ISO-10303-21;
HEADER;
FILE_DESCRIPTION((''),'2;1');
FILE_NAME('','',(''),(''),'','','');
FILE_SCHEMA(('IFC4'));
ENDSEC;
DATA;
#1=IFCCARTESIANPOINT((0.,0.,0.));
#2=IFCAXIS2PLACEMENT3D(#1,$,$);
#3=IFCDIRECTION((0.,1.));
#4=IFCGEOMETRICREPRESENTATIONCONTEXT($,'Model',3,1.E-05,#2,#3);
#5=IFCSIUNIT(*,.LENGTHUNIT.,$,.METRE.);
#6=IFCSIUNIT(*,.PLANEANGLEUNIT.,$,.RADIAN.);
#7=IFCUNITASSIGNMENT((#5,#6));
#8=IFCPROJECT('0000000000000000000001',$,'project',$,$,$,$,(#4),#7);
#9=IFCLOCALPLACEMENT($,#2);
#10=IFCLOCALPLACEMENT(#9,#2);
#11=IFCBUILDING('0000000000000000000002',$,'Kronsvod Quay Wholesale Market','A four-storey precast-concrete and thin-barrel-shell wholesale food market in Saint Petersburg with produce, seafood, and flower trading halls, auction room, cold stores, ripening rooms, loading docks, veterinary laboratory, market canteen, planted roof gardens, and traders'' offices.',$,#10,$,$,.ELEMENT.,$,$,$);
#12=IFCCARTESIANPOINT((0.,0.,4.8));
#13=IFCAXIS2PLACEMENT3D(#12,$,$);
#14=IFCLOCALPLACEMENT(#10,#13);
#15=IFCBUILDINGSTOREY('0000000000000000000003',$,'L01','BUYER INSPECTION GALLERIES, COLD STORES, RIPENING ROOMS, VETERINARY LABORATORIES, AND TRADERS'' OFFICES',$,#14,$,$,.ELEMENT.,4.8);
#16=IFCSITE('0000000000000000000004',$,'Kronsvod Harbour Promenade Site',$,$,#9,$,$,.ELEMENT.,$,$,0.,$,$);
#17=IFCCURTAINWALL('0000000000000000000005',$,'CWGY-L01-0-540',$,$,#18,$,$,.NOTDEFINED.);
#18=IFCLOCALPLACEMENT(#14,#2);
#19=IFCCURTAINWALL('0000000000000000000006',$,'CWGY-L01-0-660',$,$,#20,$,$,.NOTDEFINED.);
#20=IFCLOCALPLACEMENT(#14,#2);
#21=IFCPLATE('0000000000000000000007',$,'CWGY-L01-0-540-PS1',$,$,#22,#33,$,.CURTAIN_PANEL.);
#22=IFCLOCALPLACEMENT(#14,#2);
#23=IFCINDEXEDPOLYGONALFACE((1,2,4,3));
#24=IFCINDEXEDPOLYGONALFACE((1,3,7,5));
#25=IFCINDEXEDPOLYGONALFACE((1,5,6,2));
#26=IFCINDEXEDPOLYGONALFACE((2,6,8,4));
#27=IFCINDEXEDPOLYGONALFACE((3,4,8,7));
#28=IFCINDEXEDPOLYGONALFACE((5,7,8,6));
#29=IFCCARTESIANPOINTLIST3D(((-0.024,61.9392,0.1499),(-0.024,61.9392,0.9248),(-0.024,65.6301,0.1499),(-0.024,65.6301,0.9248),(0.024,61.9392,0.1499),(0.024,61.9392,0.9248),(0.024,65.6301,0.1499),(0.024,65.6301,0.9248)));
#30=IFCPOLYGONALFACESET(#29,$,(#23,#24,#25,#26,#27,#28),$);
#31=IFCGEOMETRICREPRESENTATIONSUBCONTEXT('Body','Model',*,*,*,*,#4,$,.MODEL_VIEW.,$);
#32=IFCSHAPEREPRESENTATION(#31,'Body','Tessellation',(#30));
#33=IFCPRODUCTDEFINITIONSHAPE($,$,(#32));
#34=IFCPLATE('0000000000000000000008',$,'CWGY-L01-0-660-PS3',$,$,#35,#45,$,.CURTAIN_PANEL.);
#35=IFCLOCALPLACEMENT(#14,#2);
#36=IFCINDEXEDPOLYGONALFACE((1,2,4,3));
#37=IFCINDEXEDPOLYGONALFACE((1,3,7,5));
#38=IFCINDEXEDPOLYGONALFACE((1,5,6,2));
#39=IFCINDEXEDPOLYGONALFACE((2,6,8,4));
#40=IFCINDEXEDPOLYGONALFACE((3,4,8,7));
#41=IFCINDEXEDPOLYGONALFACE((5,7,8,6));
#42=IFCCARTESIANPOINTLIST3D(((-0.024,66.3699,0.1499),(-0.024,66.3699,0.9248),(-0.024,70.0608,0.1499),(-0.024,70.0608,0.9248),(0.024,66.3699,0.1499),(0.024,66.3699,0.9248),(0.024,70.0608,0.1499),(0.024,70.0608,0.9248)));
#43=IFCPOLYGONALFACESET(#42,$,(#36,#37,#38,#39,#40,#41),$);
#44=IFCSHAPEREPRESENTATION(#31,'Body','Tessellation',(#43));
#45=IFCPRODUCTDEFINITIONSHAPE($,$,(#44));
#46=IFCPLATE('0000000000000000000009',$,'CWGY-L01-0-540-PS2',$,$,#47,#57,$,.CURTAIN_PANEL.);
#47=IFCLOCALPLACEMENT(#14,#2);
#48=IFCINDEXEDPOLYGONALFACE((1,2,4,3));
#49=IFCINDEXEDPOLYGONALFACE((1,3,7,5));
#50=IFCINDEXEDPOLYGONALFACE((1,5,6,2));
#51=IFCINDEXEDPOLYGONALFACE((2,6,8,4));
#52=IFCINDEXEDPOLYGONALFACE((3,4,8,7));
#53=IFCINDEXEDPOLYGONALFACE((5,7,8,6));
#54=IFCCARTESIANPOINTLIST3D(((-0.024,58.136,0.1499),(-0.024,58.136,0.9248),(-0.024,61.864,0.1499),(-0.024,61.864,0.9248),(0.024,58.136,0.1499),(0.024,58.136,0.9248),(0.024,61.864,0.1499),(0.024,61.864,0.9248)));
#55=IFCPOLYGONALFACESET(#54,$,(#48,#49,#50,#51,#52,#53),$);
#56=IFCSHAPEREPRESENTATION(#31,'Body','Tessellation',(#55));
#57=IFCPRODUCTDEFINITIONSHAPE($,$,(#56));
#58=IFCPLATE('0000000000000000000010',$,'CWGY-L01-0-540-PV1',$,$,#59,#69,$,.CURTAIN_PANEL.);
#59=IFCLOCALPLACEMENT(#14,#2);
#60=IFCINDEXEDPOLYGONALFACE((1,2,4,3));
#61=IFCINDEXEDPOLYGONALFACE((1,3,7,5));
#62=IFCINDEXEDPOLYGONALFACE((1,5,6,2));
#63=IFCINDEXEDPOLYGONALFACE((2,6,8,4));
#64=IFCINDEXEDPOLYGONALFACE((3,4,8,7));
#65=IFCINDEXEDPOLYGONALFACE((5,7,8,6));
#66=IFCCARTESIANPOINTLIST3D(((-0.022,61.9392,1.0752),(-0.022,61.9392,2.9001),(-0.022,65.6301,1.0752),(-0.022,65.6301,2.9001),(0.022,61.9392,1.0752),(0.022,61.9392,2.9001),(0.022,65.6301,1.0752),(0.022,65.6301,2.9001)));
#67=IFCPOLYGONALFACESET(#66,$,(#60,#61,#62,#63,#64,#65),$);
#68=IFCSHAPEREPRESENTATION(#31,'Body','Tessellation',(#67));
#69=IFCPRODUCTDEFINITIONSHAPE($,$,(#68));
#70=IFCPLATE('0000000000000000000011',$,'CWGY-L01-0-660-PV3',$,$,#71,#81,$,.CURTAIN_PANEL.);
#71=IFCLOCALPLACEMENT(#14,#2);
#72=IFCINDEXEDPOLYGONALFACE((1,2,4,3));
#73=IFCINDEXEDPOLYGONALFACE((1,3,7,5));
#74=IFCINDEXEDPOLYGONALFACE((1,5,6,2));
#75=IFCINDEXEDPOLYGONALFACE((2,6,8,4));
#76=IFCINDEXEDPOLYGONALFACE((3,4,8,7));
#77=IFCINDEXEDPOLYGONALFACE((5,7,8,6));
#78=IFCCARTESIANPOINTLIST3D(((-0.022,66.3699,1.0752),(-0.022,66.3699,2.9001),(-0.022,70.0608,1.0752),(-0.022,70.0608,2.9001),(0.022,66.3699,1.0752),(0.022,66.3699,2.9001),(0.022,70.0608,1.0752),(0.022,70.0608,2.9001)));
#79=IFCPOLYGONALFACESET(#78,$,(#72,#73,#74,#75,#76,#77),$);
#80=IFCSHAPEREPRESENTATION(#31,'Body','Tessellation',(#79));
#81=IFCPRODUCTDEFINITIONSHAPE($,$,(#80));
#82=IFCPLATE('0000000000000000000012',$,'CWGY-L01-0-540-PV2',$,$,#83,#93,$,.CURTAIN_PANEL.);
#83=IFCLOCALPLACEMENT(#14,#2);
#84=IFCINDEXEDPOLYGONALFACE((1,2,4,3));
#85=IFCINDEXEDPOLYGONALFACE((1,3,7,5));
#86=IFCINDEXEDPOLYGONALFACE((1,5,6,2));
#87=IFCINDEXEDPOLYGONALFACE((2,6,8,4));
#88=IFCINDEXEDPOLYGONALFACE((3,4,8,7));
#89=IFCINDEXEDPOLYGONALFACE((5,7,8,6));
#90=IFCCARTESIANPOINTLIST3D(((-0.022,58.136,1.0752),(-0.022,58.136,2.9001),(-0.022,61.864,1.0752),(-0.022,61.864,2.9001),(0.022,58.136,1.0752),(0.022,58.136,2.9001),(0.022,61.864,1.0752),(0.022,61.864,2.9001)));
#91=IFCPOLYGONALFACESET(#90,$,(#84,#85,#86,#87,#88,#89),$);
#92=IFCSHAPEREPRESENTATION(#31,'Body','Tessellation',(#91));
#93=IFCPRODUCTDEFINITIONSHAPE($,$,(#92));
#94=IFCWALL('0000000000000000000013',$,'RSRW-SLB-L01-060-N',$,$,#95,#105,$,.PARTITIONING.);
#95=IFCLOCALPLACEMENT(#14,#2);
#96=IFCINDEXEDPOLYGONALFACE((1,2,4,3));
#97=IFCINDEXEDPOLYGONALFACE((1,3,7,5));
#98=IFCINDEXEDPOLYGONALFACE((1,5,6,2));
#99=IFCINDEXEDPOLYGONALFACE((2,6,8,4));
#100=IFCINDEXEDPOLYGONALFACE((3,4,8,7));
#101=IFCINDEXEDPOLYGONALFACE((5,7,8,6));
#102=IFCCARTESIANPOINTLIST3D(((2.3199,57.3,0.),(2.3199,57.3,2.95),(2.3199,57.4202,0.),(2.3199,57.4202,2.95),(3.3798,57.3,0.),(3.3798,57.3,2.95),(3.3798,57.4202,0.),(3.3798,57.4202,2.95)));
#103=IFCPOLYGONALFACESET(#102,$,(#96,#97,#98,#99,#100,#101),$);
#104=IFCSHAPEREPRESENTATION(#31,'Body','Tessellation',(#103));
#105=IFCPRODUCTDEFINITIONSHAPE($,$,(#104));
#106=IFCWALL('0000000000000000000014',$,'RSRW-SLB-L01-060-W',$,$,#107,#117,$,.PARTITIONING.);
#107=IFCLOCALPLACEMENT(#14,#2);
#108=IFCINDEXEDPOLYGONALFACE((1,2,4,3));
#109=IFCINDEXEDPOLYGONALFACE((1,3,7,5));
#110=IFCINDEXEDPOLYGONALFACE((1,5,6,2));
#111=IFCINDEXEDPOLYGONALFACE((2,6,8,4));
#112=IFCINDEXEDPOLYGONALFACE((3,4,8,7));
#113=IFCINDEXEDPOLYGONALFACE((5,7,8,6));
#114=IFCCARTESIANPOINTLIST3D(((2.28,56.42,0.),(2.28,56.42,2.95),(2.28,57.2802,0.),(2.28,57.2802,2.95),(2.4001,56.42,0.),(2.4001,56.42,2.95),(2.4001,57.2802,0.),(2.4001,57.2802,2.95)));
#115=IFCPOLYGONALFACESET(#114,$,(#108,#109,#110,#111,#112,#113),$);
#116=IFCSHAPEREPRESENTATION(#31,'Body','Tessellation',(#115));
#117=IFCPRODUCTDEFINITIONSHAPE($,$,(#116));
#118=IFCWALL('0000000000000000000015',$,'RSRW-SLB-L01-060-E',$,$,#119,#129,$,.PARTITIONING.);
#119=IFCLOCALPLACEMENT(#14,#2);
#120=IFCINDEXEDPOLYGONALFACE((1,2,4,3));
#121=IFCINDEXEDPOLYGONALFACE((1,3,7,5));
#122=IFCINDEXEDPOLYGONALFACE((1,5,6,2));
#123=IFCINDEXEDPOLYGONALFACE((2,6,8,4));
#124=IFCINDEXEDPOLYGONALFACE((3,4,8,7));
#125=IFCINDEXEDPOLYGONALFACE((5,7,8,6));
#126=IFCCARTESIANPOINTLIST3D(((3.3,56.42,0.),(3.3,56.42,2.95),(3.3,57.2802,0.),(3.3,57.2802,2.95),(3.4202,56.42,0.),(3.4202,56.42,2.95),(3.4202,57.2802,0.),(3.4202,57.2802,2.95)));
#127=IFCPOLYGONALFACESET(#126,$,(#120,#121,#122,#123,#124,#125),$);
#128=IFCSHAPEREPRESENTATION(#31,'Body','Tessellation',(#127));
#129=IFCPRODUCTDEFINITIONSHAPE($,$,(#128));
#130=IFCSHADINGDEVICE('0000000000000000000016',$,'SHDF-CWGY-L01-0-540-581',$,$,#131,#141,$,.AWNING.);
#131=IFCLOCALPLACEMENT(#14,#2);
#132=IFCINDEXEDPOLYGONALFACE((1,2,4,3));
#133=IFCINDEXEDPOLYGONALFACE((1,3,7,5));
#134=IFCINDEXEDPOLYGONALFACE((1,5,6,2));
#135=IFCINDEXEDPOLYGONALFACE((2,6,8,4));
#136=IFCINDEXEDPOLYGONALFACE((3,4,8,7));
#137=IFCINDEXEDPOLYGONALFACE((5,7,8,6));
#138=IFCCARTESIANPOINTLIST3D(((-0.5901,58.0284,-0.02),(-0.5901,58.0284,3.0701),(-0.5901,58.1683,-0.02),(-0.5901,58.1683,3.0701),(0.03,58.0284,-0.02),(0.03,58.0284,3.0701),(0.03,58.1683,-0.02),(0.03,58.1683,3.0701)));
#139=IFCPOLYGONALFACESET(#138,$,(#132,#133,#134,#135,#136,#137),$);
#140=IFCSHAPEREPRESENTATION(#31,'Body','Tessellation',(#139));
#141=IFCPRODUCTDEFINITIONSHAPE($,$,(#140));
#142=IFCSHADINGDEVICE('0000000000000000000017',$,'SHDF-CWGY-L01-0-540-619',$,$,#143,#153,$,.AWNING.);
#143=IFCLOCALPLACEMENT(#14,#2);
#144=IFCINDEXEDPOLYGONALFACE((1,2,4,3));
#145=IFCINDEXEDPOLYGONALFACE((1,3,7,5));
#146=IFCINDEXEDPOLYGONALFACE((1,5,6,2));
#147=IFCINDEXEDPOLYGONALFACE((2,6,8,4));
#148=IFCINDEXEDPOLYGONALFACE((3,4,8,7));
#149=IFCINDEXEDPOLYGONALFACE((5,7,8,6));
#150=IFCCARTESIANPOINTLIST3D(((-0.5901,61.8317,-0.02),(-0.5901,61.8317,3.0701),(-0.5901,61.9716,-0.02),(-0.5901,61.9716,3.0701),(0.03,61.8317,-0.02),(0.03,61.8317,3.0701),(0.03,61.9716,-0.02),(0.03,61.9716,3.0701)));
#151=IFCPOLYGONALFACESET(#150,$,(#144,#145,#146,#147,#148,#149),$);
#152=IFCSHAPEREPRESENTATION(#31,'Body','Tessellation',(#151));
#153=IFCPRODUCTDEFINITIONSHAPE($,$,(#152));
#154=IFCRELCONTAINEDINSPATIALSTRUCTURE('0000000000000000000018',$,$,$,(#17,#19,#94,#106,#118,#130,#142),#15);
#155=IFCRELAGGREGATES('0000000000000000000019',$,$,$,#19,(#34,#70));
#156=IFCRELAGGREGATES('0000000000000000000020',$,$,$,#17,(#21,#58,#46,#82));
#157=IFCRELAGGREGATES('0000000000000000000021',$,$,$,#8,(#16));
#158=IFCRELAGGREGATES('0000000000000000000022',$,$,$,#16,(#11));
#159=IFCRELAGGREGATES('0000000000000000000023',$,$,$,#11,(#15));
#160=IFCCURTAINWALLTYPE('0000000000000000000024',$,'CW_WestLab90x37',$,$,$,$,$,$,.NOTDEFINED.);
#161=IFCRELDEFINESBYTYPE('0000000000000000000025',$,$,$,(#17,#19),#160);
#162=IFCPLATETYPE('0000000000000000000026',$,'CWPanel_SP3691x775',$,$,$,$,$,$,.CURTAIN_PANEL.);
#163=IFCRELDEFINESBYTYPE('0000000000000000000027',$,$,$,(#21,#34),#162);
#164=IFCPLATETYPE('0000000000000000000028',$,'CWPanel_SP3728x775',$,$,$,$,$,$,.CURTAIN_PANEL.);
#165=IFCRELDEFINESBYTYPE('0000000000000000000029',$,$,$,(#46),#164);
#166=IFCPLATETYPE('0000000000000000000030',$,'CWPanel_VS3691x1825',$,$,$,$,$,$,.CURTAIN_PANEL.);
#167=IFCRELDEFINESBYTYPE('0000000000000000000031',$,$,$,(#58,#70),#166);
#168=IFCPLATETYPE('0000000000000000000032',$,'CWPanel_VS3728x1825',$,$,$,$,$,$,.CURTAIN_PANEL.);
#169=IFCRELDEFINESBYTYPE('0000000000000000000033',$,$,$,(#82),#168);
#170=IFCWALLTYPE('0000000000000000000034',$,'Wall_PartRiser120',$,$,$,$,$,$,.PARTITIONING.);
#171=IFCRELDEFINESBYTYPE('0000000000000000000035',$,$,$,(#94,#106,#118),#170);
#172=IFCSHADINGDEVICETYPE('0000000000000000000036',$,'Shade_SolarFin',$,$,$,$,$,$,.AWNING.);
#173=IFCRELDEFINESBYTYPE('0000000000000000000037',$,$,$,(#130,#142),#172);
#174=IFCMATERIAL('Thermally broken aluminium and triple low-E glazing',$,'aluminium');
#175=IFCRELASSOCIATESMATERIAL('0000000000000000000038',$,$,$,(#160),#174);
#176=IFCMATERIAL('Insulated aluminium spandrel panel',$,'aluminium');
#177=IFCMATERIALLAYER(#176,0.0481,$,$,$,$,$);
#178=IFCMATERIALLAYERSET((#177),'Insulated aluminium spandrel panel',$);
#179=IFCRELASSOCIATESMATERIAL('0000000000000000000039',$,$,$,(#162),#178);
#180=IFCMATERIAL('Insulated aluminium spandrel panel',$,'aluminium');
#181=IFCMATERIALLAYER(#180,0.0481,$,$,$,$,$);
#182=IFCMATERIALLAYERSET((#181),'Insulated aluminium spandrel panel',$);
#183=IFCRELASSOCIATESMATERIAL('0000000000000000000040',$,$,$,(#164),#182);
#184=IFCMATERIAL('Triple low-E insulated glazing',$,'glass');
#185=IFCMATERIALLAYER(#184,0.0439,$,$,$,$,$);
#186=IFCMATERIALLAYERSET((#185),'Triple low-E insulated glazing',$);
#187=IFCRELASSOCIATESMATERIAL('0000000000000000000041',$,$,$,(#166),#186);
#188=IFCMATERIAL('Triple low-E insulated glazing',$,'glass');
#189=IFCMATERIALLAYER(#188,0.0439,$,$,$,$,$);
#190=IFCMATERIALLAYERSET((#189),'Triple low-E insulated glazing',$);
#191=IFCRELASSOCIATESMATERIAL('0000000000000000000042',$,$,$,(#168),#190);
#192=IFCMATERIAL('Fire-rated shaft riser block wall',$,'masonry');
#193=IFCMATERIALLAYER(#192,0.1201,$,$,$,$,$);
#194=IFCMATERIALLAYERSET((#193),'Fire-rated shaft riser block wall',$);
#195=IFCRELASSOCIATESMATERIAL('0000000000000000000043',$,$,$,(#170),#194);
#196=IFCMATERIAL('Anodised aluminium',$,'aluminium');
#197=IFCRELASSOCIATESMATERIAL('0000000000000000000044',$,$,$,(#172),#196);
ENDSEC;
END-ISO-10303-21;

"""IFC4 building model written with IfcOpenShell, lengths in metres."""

from ifc_helpers import new_model, si_unit, direction, frame, frame_2d, origin, origin_2d, place, context, subcontext, project, spatial, rectangle, extrude, material, layer, layer_set, type_object, element, aggregate, save


model = new_model("IFC4")

# Units and contexts
model_context = context("Model", 3, precision=1e-05, world=origin(), true_north=direction((0.0, 1.0)))
body_context = subcontext(model_context, "Body", "Model", "MODEL_VIEW")
ifc_project = project(units=[si_unit("LENGTHUNIT", "METRE"), si_unit("PLANEANGLEUNIT", "RADIAN")], contexts=[model_context])

# Site, building, storey
site_placement = place(None, origin())
site = spatial("IfcSite", under=ifc_project, at=site_placement, Name="Kronsvod Harbour Promenade Site", CompositionType="ELEMENT", RefElevation=0.0)
building_placement = place(site_placement, origin())
building = spatial("IfcBuilding", under=site, at=building_placement, Name="Kronsvod Quay Wholesale Market", Description="A four-storey precast-concrete and thin-barrel-shell wholesale food market in Saint Petersburg with produce, seafood, and flower trading halls, auction room, cold stores, ripening rooms, loading docks, veterinary laboratory, market canteen, planted roof gardens, and traders' offices.", CompositionType="ELEMENT")
storey_placement = place(building_placement, frame((0.0, 0.0, 4.8)))
storey = spatial("IfcBuildingStorey", under=building, at=storey_placement, Name="L01", Description="BUYER INSPECTION GALLERIES, COLD STORES, RIPENING ROOMS, VETERINARY LABORATORIES, AND TRADERS' OFFICES", CompositionType="ELEMENT", Elevation=4.8)

# Curtain wall
ifc_material_1 = material(Name="Thermally broken aluminium and triple low-E glazing", Category="aluminium")
curtain_wall_type = type_object("IfcCurtainWallType", Name="CW_WestLab90x37", PredefinedType="NOTDEFINED", material=ifc_material_1)
curtain_wall_1_placement = place(storey_placement, origin())
curtain_wall_1 = element("IfcCurtainWall", 1, at=curtain_wall_1_placement, inside=storey, type_object=curtain_wall_type, Name="CWGY-L01-0-540", PredefinedType="NOTDEFINED")

# Curtain wall
curtain_wall_2_placement = place(storey_placement, origin())
curtain_wall_2 = element("IfcCurtainWall", 2, at=curtain_wall_2_placement, inside=storey, type_object=curtain_wall_type, Name="CWGY-L01-0-660", PredefinedType="NOTDEFINED")

# Plates
ifc_material_2 = material(Name="Insulated aluminium spandrel panel", Category="aluminium")
ifc_layer_1 = layer(ifc_material_2, 0.0481)
ifc_layer_set_1 = layer_set([ifc_layer_1], Name="Insulated aluminium spandrel panel")
plate_type_1 = type_object("IfcPlateType", Name="CWPanel_SP3691x775", PredefinedType="CURTAIN_PANEL", material=ifc_layer_set_1)
plate_1_placement = place(storey_placement, frame((0.0, 63.7847, 0.1499), z_axis=(0.0, 0.0, 1.0), x_axis=(0.0, -1.0, 0.0)))
plate_1 = element("IfcPlate", 3, at=plate_1_placement, type_object=plate_type_1, Name="CWGY-L01-0-540-PS1", PredefinedType="CURTAIN_PANEL", context=body_context, shape_type="SweptSolid", body=[
    extrude(rectangle(XDim=3.6909, YDim=0.0481, at=origin_2d()), origin(), (0.0, 0.0, 1.0), 0.7749),
])
plate_2_placement = place(storey_placement, frame((0.0, 68.2153, 0.1499), z_axis=(0.0, 0.0, 1.0), x_axis=(0.0, -1.0, 0.0)))
plate_2 = element("IfcPlate", 4, at=plate_2_placement, type_object=plate_type_1, Name="CWGY-L01-0-660-PS3", PredefinedType="CURTAIN_PANEL", context=body_context, shape_type="SweptSolid", body=[
    extrude(rectangle(XDim=3.6909, YDim=0.0481, at=origin_2d()), origin(), (0.0, 0.0, 1.0), 0.7749),
])
ifc_material_3 = material(Name="Insulated aluminium spandrel panel", Category="aluminium")
ifc_layer_2 = layer(ifc_material_3, 0.0481)
ifc_layer_set_2 = layer_set([ifc_layer_2], Name="Insulated aluminium spandrel panel")
plate_type_2 = type_object("IfcPlateType", Name="CWPanel_SP3728x775", PredefinedType="CURTAIN_PANEL", material=ifc_layer_set_2)
plate_3_placement = place(storey_placement, frame((0.0, 60.0, 0.1499), z_axis=(0.0, 0.0, 1.0), x_axis=(0.0, -1.0, 0.0)))
plate_3 = element("IfcPlate", 5, at=plate_3_placement, type_object=plate_type_2, Name="CWGY-L01-0-540-PS2", PredefinedType="CURTAIN_PANEL", context=body_context, shape_type="SweptSolid", body=[
    extrude(rectangle(XDim=3.728, YDim=0.0481, at=origin_2d()), origin(), (0.0, 0.0, 1.0), 0.7749),
])
ifc_material_4 = material(Name="Triple low-E insulated glazing", Category="glass")
ifc_layer_3 = layer(ifc_material_4, 0.0439)
ifc_layer_set_3 = layer_set([ifc_layer_3], Name="Triple low-E insulated glazing")
plate_type_3 = type_object("IfcPlateType", Name="CWPanel_VS3691x1825", PredefinedType="CURTAIN_PANEL", material=ifc_layer_set_3)
plate_4_placement = place(storey_placement, frame((0.0, 63.7847, 1.0752), z_axis=(0.0, 0.0, 1.0), x_axis=(0.0, -1.0, 0.0)))
plate_4 = element("IfcPlate", 6, at=plate_4_placement, type_object=plate_type_3, Name="CWGY-L01-0-540-PV1", PredefinedType="CURTAIN_PANEL", context=body_context, shape_type="SweptSolid", body=[
    extrude(rectangle(XDim=3.6909, YDim=0.0439, at=origin_2d()), origin(), (0.0, 0.0, 1.0), 1.825),
])
plate_5_placement = place(storey_placement, frame((0.0, 68.2153, 1.0752), z_axis=(0.0, 0.0, 1.0), x_axis=(0.0, -1.0, 0.0)))
plate_5 = element("IfcPlate", 7, at=plate_5_placement, type_object=plate_type_3, Name="CWGY-L01-0-660-PV3", PredefinedType="CURTAIN_PANEL", context=body_context, shape_type="SweptSolid", body=[
    extrude(rectangle(XDim=3.6909, YDim=0.0439, at=origin_2d()), origin(), (0.0, 0.0, 1.0), 1.825),
])
aggregate(curtain_wall_2, [plate_2, plate_5])
ifc_material_5 = material(Name="Triple low-E insulated glazing", Category="glass")
ifc_layer_4 = layer(ifc_material_5, 0.0439)
ifc_layer_set_4 = layer_set([ifc_layer_4], Name="Triple low-E insulated glazing")
plate_type_4 = type_object("IfcPlateType", Name="CWPanel_VS3728x1825", PredefinedType="CURTAIN_PANEL", material=ifc_layer_set_4)
plate_6_placement = place(storey_placement, frame((0.0, 60.0, 1.0752), z_axis=(0.0, 0.0, 1.0), x_axis=(0.0, -1.0, 0.0)))
plate_6 = element("IfcPlate", 8, at=plate_6_placement, type_object=plate_type_4, Name="CWGY-L01-0-540-PV2", PredefinedType="CURTAIN_PANEL", context=body_context, shape_type="SweptSolid", body=[
    extrude(rectangle(XDim=3.728, YDim=0.0439, at=origin_2d()), origin(), (0.0, 0.0, 1.0), 1.825),
])
aggregate(curtain_wall_1, [plate_1, plate_4, plate_3, plate_6])

# Walls
ifc_material_6 = material(Name="Fire-rated shaft riser block wall", Category="masonry")
ifc_layer_5 = layer(ifc_material_6, 0.1201)
ifc_layer_set_5 = layer_set([ifc_layer_5], Name="Fire-rated shaft riser block wall")
wall_type = type_object("IfcWallType", Name="Wall_PartRiser120", PredefinedType="PARTITIONING", material=ifc_layer_set_5)
wall_placement = place(storey_placement, frame((2.3201, 57.3601, 0.0), z_axis=(0.0, 0.0, 1.0), x_axis=(1.0, 0.0, 0.0)))
element("IfcWall", 9, at=wall_placement, inside=storey, type_object=wall_type, Name="RSRW-SLB-L01-060-N", PredefinedType="PARTITIONING", context=body_context, shape_type="SweptSolid", body=[
    extrude(rectangle(XDim=1.0598, YDim=0.1201, at=frame_2d((0.5298, 0.0))), origin(), (0.0, 0.0, 1.0), 2.95),
])
for number, where, z_axis, x_axis, name in (
    (10, (2.3401, 56.4199, 0.0), (0.0, 0.0, 1.0), (0.0, 1.0, 0.0), "RSRW-SLB-L01-060-W"),
    (11, (3.3601, 56.4199, 0.0), (0.0, 0.0, 1.0), (0.0, 1.0, 0.0), "RSRW-SLB-L01-060-E"),
):
    element("IfcWall", number, at=place(storey_placement, frame(where, z_axis=z_axis, x_axis=x_axis)), inside=storey, type_object=wall_type, Name=name, PredefinedType="PARTITIONING", context=body_context, shape_type="SweptSolid", body=[
        extrude(rectangle(XDim=0.8601, YDim=0.1201, at=frame_2d((0.4302, 0.0))), origin(), (0.0, 0.0, 1.0), 2.95),
    ])

# Shading devices
ifc_material_7 = material(Name="Anodised aluminium", Category="aluminium")
shading_device_type = type_object("IfcShadingDeviceType", Name="Shade_SolarFin", PredefinedType="AWNING", material=ifc_material_7)
for number, where, z_axis, x_axis, name in (
    (12, (-0.28, 58.0984, -0.02), (0.0, 0.0, 1.0), (1.0, 0.0, 0.0), "SHDF-CWGY-L01-0-540-581"),
    (13, (-0.28, 61.9016, -0.02), (0.0, 0.0, 1.0), (1.0, 0.0, 0.0), "SHDF-CWGY-L01-0-540-619"),
):
    element("IfcShadingDevice", number, at=place(storey_placement, frame(where, z_axis=z_axis, x_axis=x_axis)), inside=storey, type_object=shading_device_type, Name=name, PredefinedType="AWNING", context=body_context, shape_type="SweptSolid", body=[
        extrude(rectangle(XDim=0.6201, YDim=0.1399, at=origin_2d()), origin(), (0.0, 0.0, 1.0), 3.0901),
    ])

save(model, "model.ifc")
